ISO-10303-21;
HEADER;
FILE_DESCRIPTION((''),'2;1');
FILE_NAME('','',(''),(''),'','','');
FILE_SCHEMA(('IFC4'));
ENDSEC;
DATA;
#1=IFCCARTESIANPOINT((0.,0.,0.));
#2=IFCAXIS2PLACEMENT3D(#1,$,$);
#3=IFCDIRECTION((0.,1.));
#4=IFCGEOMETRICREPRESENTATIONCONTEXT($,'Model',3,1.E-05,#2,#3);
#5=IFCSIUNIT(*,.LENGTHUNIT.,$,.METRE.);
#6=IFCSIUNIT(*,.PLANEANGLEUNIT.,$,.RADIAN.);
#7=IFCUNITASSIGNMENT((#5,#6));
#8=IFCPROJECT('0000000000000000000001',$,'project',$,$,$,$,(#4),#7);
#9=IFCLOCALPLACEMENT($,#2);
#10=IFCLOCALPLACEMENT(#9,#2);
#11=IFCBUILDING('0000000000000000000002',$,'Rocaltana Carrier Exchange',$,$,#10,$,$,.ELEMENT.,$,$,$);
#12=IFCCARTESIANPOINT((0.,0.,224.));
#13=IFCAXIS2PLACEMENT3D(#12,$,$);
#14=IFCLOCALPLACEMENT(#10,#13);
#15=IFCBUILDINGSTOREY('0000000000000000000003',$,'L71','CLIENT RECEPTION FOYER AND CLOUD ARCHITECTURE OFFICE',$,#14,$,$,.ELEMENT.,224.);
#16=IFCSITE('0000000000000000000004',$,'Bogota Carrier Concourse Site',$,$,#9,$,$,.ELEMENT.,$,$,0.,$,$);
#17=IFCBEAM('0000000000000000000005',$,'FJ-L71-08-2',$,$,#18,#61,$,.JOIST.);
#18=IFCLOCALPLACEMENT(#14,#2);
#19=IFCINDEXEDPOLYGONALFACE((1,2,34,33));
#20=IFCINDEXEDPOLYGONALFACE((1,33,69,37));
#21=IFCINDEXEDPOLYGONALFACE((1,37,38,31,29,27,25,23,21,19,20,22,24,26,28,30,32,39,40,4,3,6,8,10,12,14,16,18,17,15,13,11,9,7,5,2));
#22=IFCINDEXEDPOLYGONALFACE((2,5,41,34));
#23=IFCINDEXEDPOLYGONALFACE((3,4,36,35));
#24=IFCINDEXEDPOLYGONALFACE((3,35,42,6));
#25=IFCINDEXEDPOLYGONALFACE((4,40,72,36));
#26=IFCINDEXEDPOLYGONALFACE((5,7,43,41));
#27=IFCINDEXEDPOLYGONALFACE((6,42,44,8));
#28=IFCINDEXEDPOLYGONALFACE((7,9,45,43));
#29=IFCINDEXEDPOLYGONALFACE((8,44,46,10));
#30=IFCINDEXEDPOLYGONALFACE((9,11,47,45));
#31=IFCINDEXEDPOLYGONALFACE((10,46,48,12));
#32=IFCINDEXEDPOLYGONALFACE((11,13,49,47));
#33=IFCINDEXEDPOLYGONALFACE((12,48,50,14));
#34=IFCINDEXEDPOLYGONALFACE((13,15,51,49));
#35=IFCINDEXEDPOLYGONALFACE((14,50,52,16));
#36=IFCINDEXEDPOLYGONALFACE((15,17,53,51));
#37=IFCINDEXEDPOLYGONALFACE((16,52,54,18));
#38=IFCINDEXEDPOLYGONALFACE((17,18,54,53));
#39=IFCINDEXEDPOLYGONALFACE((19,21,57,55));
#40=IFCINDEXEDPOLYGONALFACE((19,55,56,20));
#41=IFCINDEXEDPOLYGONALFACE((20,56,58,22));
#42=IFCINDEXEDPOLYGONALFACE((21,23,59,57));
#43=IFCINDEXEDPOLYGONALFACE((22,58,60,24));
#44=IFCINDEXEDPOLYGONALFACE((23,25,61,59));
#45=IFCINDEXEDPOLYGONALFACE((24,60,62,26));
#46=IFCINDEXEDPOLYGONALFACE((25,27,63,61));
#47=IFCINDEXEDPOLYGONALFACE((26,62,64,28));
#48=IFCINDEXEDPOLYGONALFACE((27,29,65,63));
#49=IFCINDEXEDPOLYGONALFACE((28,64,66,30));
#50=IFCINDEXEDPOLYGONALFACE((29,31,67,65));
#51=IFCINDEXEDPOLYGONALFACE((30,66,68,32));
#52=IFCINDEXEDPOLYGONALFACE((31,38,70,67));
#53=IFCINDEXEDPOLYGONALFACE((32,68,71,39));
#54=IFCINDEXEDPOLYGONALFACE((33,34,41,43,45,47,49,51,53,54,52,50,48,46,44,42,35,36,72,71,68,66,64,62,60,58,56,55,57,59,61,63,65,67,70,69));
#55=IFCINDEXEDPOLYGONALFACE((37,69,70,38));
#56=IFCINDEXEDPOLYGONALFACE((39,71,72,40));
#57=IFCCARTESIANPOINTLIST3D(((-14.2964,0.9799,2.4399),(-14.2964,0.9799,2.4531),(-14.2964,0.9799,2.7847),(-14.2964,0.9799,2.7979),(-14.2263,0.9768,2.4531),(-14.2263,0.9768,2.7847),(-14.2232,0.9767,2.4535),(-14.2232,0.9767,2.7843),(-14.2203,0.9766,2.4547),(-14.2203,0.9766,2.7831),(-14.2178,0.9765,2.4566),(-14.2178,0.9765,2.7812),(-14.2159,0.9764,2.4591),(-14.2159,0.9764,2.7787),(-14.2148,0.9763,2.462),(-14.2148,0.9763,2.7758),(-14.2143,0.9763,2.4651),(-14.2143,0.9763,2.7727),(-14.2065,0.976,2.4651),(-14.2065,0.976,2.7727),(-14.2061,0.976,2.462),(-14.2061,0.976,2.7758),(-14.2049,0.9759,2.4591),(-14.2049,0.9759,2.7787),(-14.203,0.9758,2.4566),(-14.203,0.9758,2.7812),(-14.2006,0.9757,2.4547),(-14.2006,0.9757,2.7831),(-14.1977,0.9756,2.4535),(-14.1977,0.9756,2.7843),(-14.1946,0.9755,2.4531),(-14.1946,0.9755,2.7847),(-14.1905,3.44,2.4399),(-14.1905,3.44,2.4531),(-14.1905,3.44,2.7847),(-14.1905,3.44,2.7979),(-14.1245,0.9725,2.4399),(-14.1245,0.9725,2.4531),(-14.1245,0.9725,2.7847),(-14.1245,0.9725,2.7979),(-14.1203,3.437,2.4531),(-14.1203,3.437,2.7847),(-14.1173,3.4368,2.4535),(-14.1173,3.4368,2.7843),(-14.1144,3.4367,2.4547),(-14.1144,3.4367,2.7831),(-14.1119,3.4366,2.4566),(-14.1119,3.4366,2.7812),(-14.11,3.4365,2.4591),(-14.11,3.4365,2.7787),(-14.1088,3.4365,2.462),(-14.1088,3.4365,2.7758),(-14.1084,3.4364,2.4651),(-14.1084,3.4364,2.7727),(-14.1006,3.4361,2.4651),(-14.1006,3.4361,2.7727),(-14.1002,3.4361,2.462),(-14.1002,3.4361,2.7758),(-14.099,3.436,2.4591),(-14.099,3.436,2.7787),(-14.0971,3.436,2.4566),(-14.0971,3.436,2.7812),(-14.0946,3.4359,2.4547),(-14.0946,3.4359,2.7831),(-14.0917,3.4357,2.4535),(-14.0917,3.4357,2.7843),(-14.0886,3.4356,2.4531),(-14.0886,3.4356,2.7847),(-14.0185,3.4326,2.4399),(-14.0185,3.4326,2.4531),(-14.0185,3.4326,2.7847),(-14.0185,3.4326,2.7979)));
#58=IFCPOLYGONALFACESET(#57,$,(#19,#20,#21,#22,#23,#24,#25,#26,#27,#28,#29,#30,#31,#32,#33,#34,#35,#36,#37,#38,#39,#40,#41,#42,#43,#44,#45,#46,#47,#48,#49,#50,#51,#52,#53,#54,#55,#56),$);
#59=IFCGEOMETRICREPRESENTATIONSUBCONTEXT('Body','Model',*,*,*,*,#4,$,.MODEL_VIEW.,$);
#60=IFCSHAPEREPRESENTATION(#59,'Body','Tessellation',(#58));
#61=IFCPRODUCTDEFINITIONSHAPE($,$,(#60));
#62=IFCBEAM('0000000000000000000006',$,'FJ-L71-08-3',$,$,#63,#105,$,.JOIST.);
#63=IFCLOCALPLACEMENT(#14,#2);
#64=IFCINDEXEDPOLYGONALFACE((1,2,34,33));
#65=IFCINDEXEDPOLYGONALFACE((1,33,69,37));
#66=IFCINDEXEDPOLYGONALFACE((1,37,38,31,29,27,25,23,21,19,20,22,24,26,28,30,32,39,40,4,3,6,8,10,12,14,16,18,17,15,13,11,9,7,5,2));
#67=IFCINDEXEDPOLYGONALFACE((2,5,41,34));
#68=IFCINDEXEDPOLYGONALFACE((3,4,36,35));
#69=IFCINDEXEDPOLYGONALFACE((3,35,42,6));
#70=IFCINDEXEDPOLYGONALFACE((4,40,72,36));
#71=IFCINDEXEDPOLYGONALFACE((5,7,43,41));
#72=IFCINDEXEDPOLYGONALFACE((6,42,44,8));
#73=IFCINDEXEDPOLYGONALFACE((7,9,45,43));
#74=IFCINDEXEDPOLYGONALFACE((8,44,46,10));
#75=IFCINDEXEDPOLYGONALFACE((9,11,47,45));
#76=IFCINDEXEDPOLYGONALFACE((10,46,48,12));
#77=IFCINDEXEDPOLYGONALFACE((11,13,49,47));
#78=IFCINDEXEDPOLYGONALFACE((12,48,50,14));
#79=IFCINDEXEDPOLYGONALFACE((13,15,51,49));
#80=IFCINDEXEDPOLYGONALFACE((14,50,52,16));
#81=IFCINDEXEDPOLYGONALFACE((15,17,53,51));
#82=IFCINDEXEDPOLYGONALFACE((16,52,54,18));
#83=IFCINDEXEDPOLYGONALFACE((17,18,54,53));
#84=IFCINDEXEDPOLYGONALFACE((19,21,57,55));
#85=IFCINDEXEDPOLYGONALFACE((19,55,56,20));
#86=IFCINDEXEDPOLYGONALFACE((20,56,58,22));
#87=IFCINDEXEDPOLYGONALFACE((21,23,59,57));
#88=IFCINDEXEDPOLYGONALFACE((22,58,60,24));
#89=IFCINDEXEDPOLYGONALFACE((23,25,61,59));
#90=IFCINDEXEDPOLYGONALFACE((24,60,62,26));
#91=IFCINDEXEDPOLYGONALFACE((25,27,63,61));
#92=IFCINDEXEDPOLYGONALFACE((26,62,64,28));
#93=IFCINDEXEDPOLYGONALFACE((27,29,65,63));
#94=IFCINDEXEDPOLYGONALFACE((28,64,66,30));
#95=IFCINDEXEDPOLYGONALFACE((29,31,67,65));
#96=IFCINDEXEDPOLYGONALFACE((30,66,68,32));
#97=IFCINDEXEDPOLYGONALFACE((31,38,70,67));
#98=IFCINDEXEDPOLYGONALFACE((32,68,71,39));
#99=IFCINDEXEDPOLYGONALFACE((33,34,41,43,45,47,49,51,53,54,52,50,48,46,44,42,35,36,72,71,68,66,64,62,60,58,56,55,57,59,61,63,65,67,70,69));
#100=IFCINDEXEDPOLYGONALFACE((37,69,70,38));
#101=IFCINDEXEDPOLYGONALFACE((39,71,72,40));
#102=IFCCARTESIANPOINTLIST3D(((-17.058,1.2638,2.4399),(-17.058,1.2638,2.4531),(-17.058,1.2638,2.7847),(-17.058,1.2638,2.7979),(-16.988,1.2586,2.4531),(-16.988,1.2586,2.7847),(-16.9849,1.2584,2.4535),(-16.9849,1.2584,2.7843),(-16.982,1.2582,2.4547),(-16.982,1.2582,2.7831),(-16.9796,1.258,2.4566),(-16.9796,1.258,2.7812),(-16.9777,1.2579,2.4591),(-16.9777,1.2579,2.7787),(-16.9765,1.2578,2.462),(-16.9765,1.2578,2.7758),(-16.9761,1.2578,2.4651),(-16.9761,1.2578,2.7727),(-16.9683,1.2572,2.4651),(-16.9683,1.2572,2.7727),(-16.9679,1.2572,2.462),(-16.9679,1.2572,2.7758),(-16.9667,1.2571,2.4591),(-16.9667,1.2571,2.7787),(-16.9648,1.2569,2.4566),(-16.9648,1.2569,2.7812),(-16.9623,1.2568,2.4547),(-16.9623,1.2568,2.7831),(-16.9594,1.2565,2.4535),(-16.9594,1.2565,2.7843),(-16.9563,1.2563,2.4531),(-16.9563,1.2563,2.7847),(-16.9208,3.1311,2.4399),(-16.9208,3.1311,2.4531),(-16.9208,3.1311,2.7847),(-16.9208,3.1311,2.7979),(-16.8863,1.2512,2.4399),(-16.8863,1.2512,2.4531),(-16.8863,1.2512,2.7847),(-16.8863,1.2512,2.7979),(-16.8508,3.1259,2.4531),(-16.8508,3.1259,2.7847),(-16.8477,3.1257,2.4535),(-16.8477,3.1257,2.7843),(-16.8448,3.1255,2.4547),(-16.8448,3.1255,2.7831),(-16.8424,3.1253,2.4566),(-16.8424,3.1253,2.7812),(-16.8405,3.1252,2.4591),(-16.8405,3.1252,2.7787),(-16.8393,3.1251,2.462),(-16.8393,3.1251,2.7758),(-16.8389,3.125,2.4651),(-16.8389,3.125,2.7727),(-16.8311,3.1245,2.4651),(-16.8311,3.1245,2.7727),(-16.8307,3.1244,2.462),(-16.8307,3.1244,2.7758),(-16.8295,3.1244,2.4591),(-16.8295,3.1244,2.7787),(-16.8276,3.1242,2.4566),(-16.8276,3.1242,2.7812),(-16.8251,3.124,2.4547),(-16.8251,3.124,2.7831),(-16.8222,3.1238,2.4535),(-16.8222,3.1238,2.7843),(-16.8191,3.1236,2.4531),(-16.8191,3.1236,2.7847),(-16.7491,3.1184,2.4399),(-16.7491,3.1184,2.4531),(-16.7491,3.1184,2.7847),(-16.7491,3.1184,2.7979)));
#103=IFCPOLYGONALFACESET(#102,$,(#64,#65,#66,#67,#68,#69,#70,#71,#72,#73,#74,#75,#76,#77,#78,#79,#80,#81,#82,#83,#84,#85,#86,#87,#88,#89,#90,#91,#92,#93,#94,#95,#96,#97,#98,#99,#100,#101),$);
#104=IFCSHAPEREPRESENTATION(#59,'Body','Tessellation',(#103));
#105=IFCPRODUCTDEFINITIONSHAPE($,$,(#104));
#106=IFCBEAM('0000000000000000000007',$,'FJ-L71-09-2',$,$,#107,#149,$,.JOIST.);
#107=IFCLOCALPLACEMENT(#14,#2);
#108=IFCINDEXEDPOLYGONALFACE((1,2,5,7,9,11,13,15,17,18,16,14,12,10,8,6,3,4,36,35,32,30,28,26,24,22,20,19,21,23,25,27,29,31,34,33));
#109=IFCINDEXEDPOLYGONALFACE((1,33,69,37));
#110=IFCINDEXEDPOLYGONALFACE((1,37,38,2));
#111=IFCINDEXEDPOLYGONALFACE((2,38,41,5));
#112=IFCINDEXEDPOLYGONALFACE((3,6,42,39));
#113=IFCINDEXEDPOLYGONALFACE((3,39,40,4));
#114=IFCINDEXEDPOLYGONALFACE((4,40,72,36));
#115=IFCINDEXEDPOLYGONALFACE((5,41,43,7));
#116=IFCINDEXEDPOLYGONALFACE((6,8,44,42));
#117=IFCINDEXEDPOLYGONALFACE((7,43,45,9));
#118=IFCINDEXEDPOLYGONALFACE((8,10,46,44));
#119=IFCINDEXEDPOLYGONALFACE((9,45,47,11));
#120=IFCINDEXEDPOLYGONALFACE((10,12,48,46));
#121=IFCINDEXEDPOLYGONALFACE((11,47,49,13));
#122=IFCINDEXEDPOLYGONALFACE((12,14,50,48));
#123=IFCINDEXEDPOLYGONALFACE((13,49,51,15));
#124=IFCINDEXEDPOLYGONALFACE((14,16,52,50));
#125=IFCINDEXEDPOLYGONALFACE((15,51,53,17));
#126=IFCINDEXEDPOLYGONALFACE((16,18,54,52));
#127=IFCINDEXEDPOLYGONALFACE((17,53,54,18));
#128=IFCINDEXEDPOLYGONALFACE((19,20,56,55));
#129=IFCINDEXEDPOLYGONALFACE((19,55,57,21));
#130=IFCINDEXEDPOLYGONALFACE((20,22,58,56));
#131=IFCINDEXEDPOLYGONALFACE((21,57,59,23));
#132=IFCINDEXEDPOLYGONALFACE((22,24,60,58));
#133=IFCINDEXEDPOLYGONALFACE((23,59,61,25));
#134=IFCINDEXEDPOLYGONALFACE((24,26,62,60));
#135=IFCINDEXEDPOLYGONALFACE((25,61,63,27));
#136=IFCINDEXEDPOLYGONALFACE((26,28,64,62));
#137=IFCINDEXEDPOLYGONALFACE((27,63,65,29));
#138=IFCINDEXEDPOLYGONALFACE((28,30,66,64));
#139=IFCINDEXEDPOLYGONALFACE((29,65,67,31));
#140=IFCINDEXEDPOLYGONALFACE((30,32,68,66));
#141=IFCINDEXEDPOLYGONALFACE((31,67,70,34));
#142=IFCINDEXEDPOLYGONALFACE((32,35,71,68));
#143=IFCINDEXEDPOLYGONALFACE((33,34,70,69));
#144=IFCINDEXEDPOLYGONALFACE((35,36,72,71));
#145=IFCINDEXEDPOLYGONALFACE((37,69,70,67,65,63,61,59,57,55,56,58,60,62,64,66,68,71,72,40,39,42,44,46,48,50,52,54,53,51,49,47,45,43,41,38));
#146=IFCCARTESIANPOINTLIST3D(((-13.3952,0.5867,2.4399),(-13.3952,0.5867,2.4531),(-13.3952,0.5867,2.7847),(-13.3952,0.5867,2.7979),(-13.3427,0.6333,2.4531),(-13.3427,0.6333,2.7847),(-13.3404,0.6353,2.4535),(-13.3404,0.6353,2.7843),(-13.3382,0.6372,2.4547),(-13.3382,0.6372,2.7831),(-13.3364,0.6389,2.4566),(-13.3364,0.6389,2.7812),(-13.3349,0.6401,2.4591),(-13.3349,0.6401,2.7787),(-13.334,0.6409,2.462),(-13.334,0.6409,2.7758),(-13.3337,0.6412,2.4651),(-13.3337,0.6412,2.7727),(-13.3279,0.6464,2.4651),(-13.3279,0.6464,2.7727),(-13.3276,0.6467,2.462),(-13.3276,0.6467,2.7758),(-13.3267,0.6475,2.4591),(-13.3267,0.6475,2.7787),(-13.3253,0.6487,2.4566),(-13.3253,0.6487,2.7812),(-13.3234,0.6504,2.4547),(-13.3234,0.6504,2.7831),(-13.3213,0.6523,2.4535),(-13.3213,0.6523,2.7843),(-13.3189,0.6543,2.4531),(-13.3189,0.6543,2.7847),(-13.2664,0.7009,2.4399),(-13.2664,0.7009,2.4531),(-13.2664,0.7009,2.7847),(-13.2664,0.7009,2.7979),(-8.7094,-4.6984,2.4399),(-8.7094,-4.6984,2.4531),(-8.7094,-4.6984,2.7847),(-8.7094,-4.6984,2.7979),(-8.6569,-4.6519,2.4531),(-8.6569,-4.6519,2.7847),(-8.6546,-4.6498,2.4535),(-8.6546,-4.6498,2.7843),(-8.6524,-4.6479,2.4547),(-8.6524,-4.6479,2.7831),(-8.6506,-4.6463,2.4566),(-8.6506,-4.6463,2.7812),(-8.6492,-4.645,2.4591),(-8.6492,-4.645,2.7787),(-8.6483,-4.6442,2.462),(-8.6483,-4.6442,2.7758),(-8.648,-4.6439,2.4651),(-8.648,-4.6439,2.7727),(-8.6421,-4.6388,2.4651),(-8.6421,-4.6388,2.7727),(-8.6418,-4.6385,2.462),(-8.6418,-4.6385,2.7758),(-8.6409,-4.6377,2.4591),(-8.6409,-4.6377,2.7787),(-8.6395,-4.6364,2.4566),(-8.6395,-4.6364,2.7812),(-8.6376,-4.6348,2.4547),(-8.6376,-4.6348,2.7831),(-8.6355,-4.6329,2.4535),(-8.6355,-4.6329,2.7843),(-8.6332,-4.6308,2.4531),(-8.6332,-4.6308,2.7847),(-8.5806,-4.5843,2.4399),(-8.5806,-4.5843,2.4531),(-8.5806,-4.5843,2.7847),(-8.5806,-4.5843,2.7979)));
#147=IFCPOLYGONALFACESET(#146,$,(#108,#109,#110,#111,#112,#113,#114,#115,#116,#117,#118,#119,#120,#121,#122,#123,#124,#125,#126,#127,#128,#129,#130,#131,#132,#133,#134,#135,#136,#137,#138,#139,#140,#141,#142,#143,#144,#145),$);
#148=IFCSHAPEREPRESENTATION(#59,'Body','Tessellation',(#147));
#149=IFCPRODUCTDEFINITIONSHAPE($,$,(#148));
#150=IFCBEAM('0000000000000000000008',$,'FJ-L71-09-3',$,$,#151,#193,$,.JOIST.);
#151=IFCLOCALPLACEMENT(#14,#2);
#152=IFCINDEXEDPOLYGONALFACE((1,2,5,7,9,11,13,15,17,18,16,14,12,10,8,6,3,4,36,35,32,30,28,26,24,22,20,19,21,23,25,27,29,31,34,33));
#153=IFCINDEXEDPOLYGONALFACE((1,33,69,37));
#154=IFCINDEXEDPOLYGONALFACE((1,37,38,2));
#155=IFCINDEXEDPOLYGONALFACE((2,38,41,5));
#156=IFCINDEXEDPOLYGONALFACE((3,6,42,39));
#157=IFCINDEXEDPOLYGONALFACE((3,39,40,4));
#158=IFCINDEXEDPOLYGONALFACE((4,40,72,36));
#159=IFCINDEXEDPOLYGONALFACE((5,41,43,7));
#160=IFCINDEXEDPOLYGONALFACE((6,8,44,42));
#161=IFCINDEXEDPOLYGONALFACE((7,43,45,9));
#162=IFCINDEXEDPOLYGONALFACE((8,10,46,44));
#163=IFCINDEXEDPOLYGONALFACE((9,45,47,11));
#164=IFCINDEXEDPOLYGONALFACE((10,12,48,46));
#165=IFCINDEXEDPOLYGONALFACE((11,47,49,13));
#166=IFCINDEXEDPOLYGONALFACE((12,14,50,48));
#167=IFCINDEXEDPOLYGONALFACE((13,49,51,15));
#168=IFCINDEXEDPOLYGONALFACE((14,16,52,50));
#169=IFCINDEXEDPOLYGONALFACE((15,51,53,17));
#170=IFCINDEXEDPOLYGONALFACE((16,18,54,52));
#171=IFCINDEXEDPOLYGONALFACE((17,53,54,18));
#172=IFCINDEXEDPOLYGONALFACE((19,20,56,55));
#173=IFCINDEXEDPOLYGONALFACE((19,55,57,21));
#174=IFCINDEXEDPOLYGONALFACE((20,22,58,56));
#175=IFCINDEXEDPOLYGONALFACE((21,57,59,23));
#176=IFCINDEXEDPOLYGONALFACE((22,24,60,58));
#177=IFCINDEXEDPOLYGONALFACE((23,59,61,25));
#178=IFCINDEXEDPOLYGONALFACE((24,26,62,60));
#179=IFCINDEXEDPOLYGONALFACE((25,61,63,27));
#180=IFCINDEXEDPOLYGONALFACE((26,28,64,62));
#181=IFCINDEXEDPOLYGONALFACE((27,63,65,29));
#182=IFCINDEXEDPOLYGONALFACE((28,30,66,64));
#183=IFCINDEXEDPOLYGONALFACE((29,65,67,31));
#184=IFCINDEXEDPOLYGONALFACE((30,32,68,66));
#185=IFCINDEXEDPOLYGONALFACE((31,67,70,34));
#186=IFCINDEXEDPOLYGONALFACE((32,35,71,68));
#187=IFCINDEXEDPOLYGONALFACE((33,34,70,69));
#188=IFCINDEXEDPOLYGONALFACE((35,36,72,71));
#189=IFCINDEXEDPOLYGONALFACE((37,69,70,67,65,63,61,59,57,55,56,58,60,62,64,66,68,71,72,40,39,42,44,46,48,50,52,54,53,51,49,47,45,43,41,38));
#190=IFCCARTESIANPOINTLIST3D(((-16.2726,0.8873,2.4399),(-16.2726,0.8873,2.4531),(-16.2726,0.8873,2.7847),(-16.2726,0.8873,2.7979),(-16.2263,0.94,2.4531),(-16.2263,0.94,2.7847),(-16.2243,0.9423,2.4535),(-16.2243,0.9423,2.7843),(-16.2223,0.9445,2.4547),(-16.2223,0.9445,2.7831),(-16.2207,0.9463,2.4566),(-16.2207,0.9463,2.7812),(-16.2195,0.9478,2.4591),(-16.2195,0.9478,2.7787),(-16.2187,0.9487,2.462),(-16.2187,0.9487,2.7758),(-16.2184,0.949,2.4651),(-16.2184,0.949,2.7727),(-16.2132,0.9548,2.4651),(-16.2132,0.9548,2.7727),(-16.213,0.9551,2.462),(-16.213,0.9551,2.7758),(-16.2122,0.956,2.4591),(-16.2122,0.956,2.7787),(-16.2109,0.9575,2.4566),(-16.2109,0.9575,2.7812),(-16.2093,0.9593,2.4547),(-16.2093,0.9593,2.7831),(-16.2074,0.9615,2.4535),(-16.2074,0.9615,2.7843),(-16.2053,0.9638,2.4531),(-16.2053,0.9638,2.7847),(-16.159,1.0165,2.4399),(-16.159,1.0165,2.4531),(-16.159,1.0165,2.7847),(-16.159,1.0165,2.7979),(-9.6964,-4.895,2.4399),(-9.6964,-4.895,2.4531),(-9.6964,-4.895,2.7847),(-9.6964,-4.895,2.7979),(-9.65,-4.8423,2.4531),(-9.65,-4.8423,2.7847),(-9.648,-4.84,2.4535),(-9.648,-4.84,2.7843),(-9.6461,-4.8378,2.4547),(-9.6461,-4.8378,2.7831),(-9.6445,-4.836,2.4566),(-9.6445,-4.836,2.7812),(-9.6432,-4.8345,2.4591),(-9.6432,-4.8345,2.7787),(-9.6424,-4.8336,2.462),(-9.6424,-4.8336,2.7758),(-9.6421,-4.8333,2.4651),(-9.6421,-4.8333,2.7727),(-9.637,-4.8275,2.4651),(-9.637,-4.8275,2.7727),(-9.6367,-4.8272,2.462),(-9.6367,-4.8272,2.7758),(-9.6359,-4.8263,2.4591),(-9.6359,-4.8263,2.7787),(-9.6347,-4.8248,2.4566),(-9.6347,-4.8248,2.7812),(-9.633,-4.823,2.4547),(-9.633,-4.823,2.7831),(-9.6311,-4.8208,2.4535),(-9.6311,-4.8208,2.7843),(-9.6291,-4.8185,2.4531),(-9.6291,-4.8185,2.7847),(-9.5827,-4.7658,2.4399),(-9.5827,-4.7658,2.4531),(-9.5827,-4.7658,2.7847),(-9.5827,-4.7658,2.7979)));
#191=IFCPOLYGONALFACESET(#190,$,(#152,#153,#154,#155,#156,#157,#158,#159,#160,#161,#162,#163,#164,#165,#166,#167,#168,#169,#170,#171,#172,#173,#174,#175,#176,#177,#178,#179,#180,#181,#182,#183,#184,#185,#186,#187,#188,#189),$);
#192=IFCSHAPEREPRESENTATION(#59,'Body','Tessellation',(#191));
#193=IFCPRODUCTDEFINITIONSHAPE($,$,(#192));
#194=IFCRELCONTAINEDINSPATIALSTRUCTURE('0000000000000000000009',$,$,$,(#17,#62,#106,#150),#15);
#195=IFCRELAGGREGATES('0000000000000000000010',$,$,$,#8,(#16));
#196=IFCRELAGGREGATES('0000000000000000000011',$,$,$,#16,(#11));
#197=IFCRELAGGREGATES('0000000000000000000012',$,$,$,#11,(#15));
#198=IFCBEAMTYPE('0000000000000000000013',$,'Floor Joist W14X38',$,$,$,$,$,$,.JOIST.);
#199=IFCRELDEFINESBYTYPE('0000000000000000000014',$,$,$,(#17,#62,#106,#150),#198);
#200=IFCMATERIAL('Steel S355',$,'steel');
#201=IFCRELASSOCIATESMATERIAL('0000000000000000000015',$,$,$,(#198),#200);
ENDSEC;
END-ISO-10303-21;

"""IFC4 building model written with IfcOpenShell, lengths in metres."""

from ifc_helpers import new_model, si_unit, direction, frame, origin, origin_2d, place, context, subcontext, project, spatial, i_section, extrude, material, material_profile, profile_set, type_object, element, save


model = new_model("IFC4")

# Units and contexts
model_context = context("Model", 3, precision=1e-05, world=origin(), true_north=direction((0.0, 1.0)))
body_context = subcontext(model_context, "Body", "Model", "MODEL_VIEW")
ifc_project = project(units=[si_unit("LENGTHUNIT", "METRE"), si_unit("PLANEANGLEUNIT", "RADIAN")], contexts=[model_context])

# Site, building, storey
site_placement = place(None, origin())
site = spatial("IfcSite", under=ifc_project, at=site_placement, Name="Bogota Carrier Concourse Site", CompositionType="ELEMENT", RefElevation=0.0)
building_placement = place(site_placement, origin())
building = spatial("IfcBuilding", under=site, at=building_placement, Name="Rocaltana Carrier Exchange", CompositionType="ELEMENT")
storey_placement = place(building_placement, frame((0.0, 0.0, 224.0)))
storey = spatial("IfcBuildingStorey", under=building, at=storey_placement, Name="L71", Description="CLIENT RECEPTION FOYER AND CLOUD ARCHITECTURE OFFICE", CompositionType="ELEMENT", Elevation=224.0)

# Beams
ifc_material_1 = material(Name="Steel S355", Category="steel")
ifc_material_profile_1 = material_profile(ifc_material_1, i_section(OverallWidth=0.1721, OverallDepth=0.3579, WebThickness=0.0078, FlangeThickness=0.0132, FilletRadius=0.012, at=origin_2d()), Name="W14X38")
ifc_profile_set_1 = profile_set([ifc_material_profile_1], Name="Steel S355")
beam_type_1 = type_object("IfcBeamType", Name="Floor Joist W14X38", PredefinedType="JOIST", material=ifc_profile_set_1)
beam_1_placement = place(storey_placement, frame((-14.1045, 3.4363, 2.6189), z_axis=(-0.043028, -0.999074, 0.0), x_axis=(0.999074, -0.043028, 0.0)))
element("IfcBeam", 1, at=beam_1_placement, inside=storey, type_object=beam_type_1, Name="FJ-L71-08-2", PredefinedType="JOIST", context=body_context, shape_type="SweptSolid", body=[
    extrude(i_section(OverallWidth=0.1721, OverallDepth=0.3579, WebThickness=0.0078, FlangeThickness=0.0132, FilletRadius=0.012, at=origin_2d()), origin(), (0.0, 0.0, 1.0), 2.4624),
])
beam_2_placement = place(storey_placement, frame((-16.835, 3.1248, 2.6189), z_axis=(-0.073286, -0.997311, 0.0), x_axis=(0.997311, -0.073286, 0.0)))
element("IfcBeam", 2, at=beam_2_placement, inside=storey, type_object=beam_type_1, Name="FJ-L71-08-3", PredefinedType="JOIST", context=body_context, shape_type="SweptSolid", body=[
    extrude(i_section(OverallWidth=0.1721, OverallDepth=0.3579, WebThickness=0.0078, FlangeThickness=0.0132, FilletRadius=0.012, at=origin_2d()), origin(), (0.0, 0.0, 1.0), 1.8723),
])
beam_3_placement = place(storey_placement, frame((-13.3308, 0.6438, 2.6189), z_axis=(0.663404, -0.748261, 0.0), x_axis=(0.748261, 0.663404, 0.0)))
element("IfcBeam", 3, at=beam_3_placement, inside=storey, type_object=beam_type_1, Name="FJ-L71-09-2", PredefinedType="JOIST", context=body_context, shape_type="SweptSolid", body=[
    extrude(i_section(OverallWidth=0.1721, OverallDepth=0.3579, WebThickness=0.0078, FlangeThickness=0.0132, FilletRadius=0.012, at=origin_2d()), origin(), (0.0, 0.0, 1.0), 7.0632),
])
beam_4_placement = place(storey_placement, frame((-16.2158, 0.9519, 2.6189), z_axis=(0.750986, -0.660319, 0.0), x_axis=(0.660319, 0.750986, 0.0)))
element("IfcBeam", 4, at=beam_4_placement, inside=storey, type_object=beam_type_1, Name="FJ-L71-09-3", PredefinedType="JOIST", context=body_context, shape_type="SweptSolid", body=[
    extrude(i_section(OverallWidth=0.1721, OverallDepth=0.3579, WebThickness=0.0078, FlangeThickness=0.0132, FilletRadius=0.012, at=origin_2d()), origin(), (0.0, 0.0, 1.0), 8.7568),
])

save(model, "model.ifc")
